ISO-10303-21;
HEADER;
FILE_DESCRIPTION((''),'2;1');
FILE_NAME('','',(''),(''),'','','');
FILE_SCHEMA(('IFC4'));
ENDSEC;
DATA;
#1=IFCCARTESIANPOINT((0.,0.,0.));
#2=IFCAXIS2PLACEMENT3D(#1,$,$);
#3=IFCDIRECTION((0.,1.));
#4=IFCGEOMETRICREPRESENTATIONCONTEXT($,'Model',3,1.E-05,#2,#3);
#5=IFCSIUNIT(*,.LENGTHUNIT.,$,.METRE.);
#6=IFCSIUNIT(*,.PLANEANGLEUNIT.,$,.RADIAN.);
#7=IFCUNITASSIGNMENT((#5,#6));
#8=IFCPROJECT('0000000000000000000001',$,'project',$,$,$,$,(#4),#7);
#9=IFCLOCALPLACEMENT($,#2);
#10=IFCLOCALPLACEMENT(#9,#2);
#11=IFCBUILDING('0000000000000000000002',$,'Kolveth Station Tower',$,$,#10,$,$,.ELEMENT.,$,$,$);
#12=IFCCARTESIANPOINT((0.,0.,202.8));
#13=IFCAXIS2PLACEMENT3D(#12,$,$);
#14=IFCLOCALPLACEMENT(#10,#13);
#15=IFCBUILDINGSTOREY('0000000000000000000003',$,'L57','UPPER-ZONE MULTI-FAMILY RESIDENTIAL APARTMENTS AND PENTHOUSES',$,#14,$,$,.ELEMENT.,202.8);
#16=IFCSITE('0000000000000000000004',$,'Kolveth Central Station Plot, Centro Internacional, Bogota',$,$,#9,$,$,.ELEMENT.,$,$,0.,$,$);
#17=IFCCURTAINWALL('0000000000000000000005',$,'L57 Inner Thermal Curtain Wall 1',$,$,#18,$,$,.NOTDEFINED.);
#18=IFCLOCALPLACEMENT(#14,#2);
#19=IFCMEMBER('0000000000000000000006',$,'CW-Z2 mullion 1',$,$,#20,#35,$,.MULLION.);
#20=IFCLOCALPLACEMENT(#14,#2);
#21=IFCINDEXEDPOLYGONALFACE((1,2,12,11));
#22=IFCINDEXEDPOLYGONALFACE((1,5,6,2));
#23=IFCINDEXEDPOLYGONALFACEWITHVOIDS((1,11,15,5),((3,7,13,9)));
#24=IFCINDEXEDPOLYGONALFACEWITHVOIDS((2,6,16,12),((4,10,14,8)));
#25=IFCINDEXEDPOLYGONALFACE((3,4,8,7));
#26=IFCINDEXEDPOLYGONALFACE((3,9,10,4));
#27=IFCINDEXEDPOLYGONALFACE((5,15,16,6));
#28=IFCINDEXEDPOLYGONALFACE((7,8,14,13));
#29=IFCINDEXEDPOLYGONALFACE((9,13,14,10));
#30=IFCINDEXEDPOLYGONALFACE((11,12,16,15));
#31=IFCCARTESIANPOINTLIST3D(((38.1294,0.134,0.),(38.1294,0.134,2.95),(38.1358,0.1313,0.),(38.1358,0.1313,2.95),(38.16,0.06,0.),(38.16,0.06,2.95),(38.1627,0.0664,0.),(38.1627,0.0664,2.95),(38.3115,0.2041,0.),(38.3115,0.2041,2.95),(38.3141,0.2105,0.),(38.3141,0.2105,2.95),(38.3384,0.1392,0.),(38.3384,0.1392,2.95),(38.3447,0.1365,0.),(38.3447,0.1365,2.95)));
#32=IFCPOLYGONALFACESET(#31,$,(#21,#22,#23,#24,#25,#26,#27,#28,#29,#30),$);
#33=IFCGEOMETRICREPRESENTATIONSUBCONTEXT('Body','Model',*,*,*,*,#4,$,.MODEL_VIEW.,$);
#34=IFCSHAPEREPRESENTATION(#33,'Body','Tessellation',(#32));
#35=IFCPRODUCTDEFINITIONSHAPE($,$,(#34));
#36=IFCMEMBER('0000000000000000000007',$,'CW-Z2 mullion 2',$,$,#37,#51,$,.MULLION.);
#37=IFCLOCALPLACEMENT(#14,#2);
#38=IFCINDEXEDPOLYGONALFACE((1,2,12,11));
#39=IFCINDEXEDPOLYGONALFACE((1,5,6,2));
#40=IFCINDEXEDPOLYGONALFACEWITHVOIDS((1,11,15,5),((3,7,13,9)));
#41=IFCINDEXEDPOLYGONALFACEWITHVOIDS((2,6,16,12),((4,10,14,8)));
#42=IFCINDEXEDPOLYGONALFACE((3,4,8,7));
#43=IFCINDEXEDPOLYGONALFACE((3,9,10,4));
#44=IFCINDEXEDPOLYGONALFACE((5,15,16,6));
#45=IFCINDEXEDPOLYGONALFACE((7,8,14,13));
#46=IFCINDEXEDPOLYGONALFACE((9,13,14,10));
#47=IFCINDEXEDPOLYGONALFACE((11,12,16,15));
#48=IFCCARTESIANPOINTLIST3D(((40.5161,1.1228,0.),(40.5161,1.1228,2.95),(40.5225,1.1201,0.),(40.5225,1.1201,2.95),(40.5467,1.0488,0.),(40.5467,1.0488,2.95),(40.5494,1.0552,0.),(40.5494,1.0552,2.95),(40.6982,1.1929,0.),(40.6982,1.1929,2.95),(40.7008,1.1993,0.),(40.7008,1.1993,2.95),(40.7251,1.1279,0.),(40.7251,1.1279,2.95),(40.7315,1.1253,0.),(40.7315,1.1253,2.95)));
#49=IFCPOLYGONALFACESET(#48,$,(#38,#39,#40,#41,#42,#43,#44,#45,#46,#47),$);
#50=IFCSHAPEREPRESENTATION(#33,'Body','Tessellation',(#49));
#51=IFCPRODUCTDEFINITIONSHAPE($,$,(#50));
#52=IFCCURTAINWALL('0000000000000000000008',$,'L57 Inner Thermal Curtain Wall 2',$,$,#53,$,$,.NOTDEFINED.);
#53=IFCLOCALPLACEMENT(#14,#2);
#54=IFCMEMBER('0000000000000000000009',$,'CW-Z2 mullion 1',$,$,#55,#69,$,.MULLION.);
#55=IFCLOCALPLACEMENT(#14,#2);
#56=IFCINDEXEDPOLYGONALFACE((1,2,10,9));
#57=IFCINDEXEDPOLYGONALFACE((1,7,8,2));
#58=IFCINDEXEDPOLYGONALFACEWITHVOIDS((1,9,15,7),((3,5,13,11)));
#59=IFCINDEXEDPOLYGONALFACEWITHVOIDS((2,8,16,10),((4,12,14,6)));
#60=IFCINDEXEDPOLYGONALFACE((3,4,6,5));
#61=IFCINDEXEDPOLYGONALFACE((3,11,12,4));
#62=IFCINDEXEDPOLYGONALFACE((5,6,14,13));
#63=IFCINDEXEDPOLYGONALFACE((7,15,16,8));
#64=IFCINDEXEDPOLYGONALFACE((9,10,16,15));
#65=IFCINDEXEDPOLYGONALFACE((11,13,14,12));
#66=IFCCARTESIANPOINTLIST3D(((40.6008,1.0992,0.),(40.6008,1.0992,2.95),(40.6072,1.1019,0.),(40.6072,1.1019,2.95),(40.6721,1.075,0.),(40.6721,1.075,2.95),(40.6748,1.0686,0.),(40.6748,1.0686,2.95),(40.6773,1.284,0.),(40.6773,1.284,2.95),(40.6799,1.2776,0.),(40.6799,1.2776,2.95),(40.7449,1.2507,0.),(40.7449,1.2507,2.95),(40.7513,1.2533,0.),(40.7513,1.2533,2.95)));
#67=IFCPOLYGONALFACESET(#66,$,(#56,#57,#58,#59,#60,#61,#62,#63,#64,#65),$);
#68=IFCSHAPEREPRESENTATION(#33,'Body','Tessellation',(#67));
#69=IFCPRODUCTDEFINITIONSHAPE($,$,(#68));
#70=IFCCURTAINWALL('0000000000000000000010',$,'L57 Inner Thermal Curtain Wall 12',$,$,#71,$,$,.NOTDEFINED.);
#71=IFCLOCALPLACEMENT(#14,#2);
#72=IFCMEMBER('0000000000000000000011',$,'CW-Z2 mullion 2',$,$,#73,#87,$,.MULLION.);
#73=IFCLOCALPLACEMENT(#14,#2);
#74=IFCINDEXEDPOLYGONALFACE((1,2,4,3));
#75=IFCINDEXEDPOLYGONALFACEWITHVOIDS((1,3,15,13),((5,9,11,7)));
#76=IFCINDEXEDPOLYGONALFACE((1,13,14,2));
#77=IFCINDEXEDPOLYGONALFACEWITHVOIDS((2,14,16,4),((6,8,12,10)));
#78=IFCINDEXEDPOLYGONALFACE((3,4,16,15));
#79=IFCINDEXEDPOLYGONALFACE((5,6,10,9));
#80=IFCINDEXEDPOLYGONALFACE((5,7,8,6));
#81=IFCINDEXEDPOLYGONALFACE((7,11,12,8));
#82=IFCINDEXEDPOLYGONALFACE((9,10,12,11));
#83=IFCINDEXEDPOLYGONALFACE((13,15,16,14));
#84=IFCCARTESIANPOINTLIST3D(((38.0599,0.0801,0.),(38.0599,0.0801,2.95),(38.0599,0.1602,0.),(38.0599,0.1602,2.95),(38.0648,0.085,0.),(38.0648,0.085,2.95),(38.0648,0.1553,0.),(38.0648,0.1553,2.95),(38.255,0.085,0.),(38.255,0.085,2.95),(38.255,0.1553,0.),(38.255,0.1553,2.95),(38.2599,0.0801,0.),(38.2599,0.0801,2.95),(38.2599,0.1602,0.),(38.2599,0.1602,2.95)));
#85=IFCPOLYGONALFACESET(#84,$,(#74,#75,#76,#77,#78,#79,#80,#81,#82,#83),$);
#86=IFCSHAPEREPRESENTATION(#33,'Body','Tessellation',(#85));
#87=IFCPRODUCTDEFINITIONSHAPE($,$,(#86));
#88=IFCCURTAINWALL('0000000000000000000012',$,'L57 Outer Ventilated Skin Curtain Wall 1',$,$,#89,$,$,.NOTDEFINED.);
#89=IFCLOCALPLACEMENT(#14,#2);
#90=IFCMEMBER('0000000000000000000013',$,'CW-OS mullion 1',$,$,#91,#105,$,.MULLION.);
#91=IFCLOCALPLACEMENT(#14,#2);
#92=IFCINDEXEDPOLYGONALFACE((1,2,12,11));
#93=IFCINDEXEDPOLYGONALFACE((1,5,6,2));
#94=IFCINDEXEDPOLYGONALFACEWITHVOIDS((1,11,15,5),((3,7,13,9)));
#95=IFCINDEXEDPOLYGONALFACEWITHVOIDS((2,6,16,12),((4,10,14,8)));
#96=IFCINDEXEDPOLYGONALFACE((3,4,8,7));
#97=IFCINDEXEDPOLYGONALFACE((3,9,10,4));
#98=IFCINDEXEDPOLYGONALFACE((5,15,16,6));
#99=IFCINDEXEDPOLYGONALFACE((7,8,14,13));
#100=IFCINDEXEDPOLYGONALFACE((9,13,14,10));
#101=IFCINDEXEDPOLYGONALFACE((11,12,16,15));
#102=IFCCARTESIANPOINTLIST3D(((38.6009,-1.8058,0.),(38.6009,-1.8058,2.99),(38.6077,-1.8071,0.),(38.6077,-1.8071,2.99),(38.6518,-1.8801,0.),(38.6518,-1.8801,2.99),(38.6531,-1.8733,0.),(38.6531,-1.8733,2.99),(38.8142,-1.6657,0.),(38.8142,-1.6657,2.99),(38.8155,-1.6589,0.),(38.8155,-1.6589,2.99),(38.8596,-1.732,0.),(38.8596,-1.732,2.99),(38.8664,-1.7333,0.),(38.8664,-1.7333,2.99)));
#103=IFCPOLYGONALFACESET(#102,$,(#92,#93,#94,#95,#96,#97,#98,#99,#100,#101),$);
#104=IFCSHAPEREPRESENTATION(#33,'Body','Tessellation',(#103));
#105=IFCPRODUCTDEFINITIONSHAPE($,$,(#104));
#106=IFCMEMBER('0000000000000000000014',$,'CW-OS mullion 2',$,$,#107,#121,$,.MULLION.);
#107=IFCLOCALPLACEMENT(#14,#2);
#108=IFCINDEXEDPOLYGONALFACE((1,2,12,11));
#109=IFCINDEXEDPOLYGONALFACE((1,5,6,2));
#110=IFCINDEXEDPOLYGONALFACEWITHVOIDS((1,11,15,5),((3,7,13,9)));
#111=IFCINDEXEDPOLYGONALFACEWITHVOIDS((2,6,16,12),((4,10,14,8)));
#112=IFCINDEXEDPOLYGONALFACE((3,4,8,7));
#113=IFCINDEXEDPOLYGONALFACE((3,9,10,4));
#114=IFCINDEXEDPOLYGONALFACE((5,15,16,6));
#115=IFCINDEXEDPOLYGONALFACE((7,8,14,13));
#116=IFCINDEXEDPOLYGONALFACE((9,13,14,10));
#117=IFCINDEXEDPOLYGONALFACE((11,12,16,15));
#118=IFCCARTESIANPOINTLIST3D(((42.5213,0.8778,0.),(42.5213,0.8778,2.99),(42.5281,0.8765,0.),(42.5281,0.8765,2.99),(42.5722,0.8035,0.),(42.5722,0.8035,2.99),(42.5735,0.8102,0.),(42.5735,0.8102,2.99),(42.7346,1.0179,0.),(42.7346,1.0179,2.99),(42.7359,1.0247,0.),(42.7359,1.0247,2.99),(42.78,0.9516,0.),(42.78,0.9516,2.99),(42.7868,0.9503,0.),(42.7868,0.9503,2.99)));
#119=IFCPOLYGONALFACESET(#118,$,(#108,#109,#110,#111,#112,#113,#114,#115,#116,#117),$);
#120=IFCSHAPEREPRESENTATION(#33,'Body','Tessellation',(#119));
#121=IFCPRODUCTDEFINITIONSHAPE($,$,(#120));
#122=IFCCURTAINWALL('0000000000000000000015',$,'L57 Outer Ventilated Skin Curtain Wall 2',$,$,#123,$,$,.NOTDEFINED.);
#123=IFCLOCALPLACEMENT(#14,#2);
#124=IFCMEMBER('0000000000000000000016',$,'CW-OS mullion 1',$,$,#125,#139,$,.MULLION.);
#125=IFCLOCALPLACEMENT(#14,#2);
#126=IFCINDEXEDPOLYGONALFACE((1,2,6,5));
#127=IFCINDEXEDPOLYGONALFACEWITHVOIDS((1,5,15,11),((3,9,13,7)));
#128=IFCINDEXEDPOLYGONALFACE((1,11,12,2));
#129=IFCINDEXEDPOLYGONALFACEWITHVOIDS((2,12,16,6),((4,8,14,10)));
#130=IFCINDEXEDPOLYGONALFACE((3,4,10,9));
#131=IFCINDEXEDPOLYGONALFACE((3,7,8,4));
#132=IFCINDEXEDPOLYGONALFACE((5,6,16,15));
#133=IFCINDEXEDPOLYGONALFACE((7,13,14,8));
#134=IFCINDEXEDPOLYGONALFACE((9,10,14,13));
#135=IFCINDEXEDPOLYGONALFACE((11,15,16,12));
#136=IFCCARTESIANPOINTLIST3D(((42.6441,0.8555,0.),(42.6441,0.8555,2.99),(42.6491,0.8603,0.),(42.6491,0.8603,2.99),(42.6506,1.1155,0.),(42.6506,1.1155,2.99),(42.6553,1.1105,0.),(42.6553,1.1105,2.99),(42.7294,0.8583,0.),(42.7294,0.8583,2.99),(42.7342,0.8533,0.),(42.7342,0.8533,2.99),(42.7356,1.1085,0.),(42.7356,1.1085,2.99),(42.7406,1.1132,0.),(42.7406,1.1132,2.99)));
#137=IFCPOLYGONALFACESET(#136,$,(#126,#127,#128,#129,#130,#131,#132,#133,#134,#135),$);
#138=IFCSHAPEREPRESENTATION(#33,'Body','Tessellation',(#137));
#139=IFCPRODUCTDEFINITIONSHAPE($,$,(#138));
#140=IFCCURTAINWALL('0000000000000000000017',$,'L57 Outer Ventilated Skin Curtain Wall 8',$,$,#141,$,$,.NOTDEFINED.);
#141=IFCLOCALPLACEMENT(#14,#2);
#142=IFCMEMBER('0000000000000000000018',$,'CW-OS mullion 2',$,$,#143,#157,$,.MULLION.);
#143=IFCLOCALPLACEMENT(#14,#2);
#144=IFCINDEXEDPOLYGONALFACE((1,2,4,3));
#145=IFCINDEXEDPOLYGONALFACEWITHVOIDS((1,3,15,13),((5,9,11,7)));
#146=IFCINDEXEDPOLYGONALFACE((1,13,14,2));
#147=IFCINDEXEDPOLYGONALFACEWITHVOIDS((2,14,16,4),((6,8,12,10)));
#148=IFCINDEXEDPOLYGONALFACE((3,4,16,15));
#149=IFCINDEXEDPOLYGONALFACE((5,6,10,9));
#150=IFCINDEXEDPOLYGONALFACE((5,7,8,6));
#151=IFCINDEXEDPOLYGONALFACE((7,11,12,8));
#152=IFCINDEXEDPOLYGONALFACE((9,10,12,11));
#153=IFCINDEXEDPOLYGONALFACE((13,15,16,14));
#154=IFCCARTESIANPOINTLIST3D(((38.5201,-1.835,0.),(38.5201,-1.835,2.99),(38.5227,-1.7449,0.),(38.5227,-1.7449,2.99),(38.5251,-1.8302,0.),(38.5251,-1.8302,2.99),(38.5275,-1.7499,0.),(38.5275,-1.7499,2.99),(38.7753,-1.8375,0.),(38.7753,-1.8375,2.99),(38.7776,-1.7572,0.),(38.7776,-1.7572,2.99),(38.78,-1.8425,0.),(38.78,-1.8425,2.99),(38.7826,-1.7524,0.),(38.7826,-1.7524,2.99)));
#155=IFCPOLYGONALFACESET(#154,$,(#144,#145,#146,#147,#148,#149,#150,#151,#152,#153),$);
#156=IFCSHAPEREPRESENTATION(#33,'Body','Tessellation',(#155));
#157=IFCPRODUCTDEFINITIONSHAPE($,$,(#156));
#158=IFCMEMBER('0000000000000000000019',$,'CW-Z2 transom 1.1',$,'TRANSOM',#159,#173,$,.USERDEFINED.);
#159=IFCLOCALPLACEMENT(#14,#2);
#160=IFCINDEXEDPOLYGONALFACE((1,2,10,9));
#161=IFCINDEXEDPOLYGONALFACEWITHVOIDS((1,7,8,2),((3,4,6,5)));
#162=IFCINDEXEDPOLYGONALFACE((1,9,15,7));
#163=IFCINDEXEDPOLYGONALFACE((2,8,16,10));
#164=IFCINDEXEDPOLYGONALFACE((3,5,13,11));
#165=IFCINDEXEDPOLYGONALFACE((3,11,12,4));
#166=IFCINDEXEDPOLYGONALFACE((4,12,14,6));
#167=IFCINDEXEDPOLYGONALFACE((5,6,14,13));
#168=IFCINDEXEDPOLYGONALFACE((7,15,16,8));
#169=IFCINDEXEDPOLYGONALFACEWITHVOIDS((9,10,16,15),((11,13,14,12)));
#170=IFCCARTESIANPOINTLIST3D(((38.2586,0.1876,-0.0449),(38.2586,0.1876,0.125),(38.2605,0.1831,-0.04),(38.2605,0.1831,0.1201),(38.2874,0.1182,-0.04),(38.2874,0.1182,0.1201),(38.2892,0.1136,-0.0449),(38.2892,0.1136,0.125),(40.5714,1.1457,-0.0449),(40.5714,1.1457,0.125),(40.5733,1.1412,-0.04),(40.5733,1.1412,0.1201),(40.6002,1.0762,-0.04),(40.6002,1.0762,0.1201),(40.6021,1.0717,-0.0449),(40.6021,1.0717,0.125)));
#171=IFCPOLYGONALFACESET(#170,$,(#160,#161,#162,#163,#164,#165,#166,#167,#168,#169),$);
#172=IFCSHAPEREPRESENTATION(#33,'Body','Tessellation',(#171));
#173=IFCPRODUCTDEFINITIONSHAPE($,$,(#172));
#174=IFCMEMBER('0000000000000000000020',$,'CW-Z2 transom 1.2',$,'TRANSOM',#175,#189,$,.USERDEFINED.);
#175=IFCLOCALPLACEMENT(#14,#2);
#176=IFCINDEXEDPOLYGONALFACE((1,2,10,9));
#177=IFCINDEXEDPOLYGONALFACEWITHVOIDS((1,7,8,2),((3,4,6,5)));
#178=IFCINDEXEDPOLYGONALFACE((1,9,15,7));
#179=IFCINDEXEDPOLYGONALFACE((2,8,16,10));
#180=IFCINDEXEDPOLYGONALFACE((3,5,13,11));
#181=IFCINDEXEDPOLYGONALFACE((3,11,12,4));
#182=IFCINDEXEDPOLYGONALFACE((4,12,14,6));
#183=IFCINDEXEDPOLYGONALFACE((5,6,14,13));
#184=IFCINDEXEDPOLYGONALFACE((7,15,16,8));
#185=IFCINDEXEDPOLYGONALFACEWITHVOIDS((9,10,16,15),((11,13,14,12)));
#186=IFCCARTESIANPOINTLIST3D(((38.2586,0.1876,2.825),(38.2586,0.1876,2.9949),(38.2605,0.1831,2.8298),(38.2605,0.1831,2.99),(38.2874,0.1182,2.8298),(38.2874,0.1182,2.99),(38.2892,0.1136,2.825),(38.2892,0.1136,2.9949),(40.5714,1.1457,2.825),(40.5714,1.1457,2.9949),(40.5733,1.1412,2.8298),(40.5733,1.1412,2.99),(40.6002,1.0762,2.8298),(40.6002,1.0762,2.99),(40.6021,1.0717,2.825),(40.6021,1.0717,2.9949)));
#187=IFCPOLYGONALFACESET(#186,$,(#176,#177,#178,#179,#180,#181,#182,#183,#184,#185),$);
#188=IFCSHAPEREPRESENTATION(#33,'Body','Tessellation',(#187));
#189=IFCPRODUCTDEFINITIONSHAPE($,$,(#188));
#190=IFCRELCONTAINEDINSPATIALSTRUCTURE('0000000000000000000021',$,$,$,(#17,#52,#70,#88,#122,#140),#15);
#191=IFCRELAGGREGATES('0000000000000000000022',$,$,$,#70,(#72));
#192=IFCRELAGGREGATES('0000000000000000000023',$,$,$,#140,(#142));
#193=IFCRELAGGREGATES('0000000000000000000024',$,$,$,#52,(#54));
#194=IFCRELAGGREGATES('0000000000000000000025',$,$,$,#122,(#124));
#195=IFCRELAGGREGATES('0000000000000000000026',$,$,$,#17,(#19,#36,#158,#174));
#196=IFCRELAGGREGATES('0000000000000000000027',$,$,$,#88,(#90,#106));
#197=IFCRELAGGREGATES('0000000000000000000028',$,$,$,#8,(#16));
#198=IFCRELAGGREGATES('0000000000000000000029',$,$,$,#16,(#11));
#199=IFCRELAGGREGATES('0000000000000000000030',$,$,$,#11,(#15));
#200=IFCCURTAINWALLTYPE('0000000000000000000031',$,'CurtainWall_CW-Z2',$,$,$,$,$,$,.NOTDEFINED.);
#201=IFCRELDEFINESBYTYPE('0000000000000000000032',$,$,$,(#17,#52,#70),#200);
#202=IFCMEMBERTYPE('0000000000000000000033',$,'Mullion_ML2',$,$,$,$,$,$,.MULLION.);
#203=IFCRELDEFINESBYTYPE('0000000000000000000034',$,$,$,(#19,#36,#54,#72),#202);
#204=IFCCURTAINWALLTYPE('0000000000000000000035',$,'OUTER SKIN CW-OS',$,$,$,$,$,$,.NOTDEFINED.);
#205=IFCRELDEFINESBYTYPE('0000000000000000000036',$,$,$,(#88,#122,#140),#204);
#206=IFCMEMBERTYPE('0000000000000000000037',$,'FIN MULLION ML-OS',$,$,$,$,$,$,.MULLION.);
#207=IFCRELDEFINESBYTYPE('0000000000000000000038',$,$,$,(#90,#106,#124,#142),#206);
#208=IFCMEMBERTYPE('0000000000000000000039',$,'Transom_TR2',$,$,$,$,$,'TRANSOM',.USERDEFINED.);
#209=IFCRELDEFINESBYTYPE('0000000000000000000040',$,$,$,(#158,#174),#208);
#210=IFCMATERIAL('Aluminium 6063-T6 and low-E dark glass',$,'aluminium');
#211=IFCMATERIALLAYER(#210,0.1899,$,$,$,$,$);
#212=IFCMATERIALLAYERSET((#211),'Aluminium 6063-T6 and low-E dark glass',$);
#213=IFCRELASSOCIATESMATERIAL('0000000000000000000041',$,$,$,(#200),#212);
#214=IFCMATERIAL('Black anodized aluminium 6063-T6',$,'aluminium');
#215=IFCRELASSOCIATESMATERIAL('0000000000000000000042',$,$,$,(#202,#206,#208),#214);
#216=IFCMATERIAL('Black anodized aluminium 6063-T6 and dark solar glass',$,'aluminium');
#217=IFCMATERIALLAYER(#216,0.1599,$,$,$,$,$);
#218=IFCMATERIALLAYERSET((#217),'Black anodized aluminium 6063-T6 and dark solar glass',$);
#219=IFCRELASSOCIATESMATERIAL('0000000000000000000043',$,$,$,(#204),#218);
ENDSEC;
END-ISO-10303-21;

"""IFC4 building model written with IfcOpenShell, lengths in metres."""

from ifc_helpers import new_model, si_unit, direction, frame, origin, origin_2d, place, context, subcontext, project, spatial, hollow_rectangle, extrude, source, transform, mapped, material, layer, layer_set, material_profile, profile_set, type_object, element, aggregate, save


model = new_model("IFC4")

# Units and contexts
model_context = context("Model", 3, precision=1e-05, world=origin(), true_north=direction((0.0, 1.0)))
body_context = subcontext(model_context, "Body", "Model", "MODEL_VIEW")
ifc_project = project(units=[si_unit("LENGTHUNIT", "METRE"), si_unit("PLANEANGLEUNIT", "RADIAN")], contexts=[model_context])

# Site, building, storey
site_placement = place(None, origin())
site = spatial("IfcSite", under=ifc_project, at=site_placement, Name="Kolveth Central Station Plot, Centro Internacional, Bogota", CompositionType="ELEMENT", RefElevation=0.0)
building_placement = place(site_placement, origin())
building = spatial("IfcBuilding", under=site, at=building_placement, Name="Kolveth Station Tower", CompositionType="ELEMENT")
storey_placement = place(building_placement, frame((0.0, 0.0, 202.8)))
storey = spatial("IfcBuildingStorey", under=building, at=storey_placement, Name="L57", Description="UPPER-ZONE MULTI-FAMILY RESIDENTIAL APARTMENTS AND PENTHOUSES", CompositionType="ELEMENT", Elevation=202.8)

# Curtain wall, members
ifc_material_1 = material(Name="Aluminium 6063-T6 and low-E dark glass", Category="aluminium")
ifc_layer_1 = layer(ifc_material_1, 0.1899)
ifc_layer_set_1 = layer_set([ifc_layer_1], Name="Aluminium 6063-T6 and low-E dark glass")
curtain_wall_type_1 = type_object("IfcCurtainWallType", Name="CurtainWall_CW-Z2", PredefinedType="NOTDEFINED", material=ifc_layer_set_1)
curtain_wall_1_placement = place(storey_placement, origin())
curtain_wall_1 = element("IfcCurtainWall", 1, at=curtain_wall_1_placement, inside=storey, type_object=curtain_wall_type_1, Name="L57 Inner Thermal Curtain Wall 1", PredefinedType="NOTDEFINED")
ifc_material_2 = material(Name="Black anodized aluminium 6063-T6", Category="aluminium")
ifc_material_profile_1 = material_profile(ifc_material_2, hollow_rectangle(XDim=0.0801, YDim=0.2, WallThickness=0.0049, at=origin_2d()), Name="ALU-80x200x5")
ifc_profile_set_1 = profile_set([ifc_material_profile_1], Name="Black anodized aluminium 6063-T6")
member_type_1 = type_object("IfcMemberType", Name="Mullion_ML2", PredefinedType="MULLION", material=ifc_profile_set_1)
shared_shape_1 = source(origin(), body_context, "Body", "SweptSolid", [
    extrude(hollow_rectangle(XDim=0.0801, YDim=0.2, WallThickness=0.0049, at=origin_2d()), origin(), (0.0, 0.0, 1.0), 2.95),
])
member_1_placement = place(storey_placement, frame((38.2371, 0.1353, 0.0), z_axis=(0.0, 0.0, 1.0), x_axis=(-0.382698, 0.923874, 0.0)))
member_1 = element("IfcMember", 2, at=member_1_placement, type_object=member_type_1, Name="CW-Z2 mullion 1", PredefinedType="MULLION", context=body_context, shape_type="MappedRepresentation", body=[
    mapped(shared_shape_1, transform((0.0, 0.0, 0.0), x_axis=(1.0, 0.0, 0.0), y_axis=(0.0, 1.0, 0.0), z_axis=(0.0, 0.0, 1.0), scale=1.0)),
])
member_2_placement = place(storey_placement, frame((40.6238, 1.124, 0.0), z_axis=(0.0, 0.0, 1.0), x_axis=(-0.382698, 0.923874, 0.0)))
member_2 = element("IfcMember", 3, at=member_2_placement, type_object=member_type_1, Name="CW-Z2 mullion 2", PredefinedType="MULLION", context=body_context, shape_type="MappedRepresentation", body=[
    mapped(shared_shape_1, transform((0.0, 0.0, 0.0), x_axis=(1.0, 0.0, 0.0), y_axis=(0.0, 1.0, 0.0), z_axis=(0.0, 0.0, 1.0), scale=1.0)),
])

# Curtain walls, members
curtain_wall_2_placement = place(storey_placement, origin())
curtain_wall_2 = element("IfcCurtainWall", 4, at=curtain_wall_2_placement, inside=storey, type_object=curtain_wall_type_1, Name="L57 Inner Thermal Curtain Wall 2", PredefinedType="NOTDEFINED")
member_3_placement = place(storey_placement, frame((40.676, 1.1763, 0.0), z_axis=(0.0, 0.0, 1.0), x_axis=(-0.923874, 0.382698, 0.0)))
member_3 = element("IfcMember", 5, at=member_3_placement, type_object=member_type_1, Name="CW-Z2 mullion 1", PredefinedType="MULLION", context=body_context, shape_type="MappedRepresentation", body=[
    mapped(shared_shape_1, transform((0.0, 0.0, 0.0), x_axis=(1.0, 0.0, 0.0), y_axis=(0.0, 1.0, 0.0), z_axis=(0.0, 0.0, 1.0), scale=1.0)),
])
curtain_wall_3_placement = place(storey_placement, origin())
curtain_wall_3 = element("IfcCurtainWall", 6, at=curtain_wall_3_placement, inside=storey, type_object=curtain_wall_type_1, Name="L57 Inner Thermal Curtain Wall 12", PredefinedType="NOTDEFINED")
member_4_placement = place(storey_placement, frame((38.1599, 0.1201, 0.0), z_axis=(0.0, 0.0, 1.0), x_axis=(0.0, 1.0, 0.0)))
member_4 = element("IfcMember", 7, at=member_4_placement, type_object=member_type_1, Name="CW-Z2 mullion 2", PredefinedType="MULLION", context=body_context, shape_type="MappedRepresentation", body=[
    mapped(shared_shape_1, transform((0.0, 0.0, 0.0), x_axis=(1.0, 0.0, 0.0), y_axis=(0.0, 1.0, 0.0), z_axis=(0.0, 0.0, 1.0), scale=1.0)),
])
aggregate(curtain_wall_3, [member_4])

# Curtain wall, members
ifc_material_3 = material(Name="Black anodized aluminium 6063-T6 and dark solar glass", Category="aluminium")
ifc_layer_2 = layer(ifc_material_3, 0.1599)
ifc_layer_set_2 = layer_set([ifc_layer_2], Name="Black anodized aluminium 6063-T6 and dark solar glass")
curtain_wall_type_2 = type_object("IfcCurtainWallType", Name="OUTER SKIN CW-OS", PredefinedType="NOTDEFINED", material=ifc_layer_set_2)
curtain_wall_4_placement = place(storey_placement, origin())
curtain_wall_4 = element("IfcCurtainWall", 8, at=curtain_wall_4_placement, inside=storey, type_object=curtain_wall_type_2, Name="L57 Outer Ventilated Skin Curtain Wall 1", PredefinedType="NOTDEFINED")
ifc_material_profile_2 = material_profile(ifc_material_2, hollow_rectangle(XDim=0.0901, YDim=0.26, WallThickness=0.0049, at=origin_2d()), Name="ALU-90x260x5")
ifc_profile_set_2 = profile_set([ifc_material_profile_2], Name="Black anodized aluminium 6063-T6")
member_type_2 = type_object("IfcMemberType", Name="FIN MULLION ML-OS", PredefinedType="MULLION", material=ifc_profile_set_2)
shared_shape_2 = source(origin(), body_context, "Body", "SweptSolid", [
    extrude(hollow_rectangle(XDim=0.0901, YDim=0.26, WallThickness=0.0049, at=origin_2d()), origin(), (0.0, 0.0, 1.0), 2.99),
])
member_5_placement = place(storey_placement, frame((38.7336, -1.7695, 0.0), z_axis=(0.0, 0.0, 1.0), x_axis=(-0.564841, 0.8252, 0.0)))
member_5 = element("IfcMember", 9, at=member_5_placement, type_object=member_type_2, Name="CW-OS mullion 1", PredefinedType="MULLION", context=body_context, shape_type="MappedRepresentation", body=[
    mapped(shared_shape_2, transform((0.0, 0.0, 0.0), x_axis=(1.0, 0.0, 0.0), y_axis=(0.0, 1.0, 0.0), z_axis=(0.0, 0.0, 1.0), scale=1.0)),
])
member_6_placement = place(storey_placement, frame((42.6541, 0.9141, 0.0), z_axis=(0.0, 0.0, 1.0), x_axis=(-0.564841, 0.8252, 0.0)))
member_6 = element("IfcMember", 10, at=member_6_placement, type_object=member_type_2, Name="CW-OS mullion 2", PredefinedType="MULLION", context=body_context, shape_type="MappedRepresentation", body=[
    mapped(shared_shape_2, transform((0.0, 0.0, 0.0), x_axis=(1.0, 0.0, 0.0), y_axis=(0.0, 1.0, 0.0), z_axis=(0.0, 0.0, 1.0), scale=1.0)),
])

# Curtain walls, members
curtain_wall_5_placement = place(storey_placement, origin())
curtain_wall_5 = element("IfcCurtainWall", 11, at=curtain_wall_5_placement, inside=storey, type_object=curtain_wall_type_2, Name="L57 Outer Ventilated Skin Curtain Wall 2", PredefinedType="NOTDEFINED")
member_7_placement = place(storey_placement, frame((42.6924, 0.9844, 0.0), z_axis=(0.0, 0.0, 1.0), x_axis=(-0.999691, 0.024876, 0.0)))
member_7 = element("IfcMember", 12, at=member_7_placement, type_object=member_type_2, Name="CW-OS mullion 1", PredefinedType="MULLION", context=body_context, shape_type="MappedRepresentation", body=[
    mapped(shared_shape_2, transform((0.0, 0.0, 0.0), x_axis=(1.0, 0.0, 0.0), y_axis=(0.0, 1.0, 0.0), z_axis=(0.0, 0.0, 1.0), scale=1.0)),
])
curtain_wall_6_placement = place(storey_placement, origin())
curtain_wall_6 = element("IfcCurtainWall", 13, at=curtain_wall_6_placement, inside=storey, type_object=curtain_wall_type_2, Name="L57 Outer Ventilated Skin Curtain Wall 8", PredefinedType="NOTDEFINED")
member_8_placement = place(storey_placement, frame((38.6514, -1.7937, 0.0), z_axis=(0.0, 0.0, 1.0), x_axis=(0.028907, 0.999582, 0.0)))
member_8 = element("IfcMember", 14, at=member_8_placement, type_object=member_type_2, Name="CW-OS mullion 2", PredefinedType="MULLION", context=body_context, shape_type="MappedRepresentation", body=[
    mapped(shared_shape_2, transform((0.0, 0.0, 0.0), x_axis=(1.0, 0.0, 0.0), y_axis=(0.0, 1.0, 0.0), z_axis=(0.0, 0.0, 1.0), scale=1.0)),
])
aggregate(curtain_wall_6, [member_8])

# Members
ifc_material_profile_3 = material_profile(ifc_material_2, hollow_rectangle(XDim=0.0801, YDim=0.1699, WallThickness=0.0049, at=origin_2d()), Name="ALU-80x170x5")
ifc_profile_set_3 = profile_set([ifc_material_profile_3], Name="Black anodized aluminium 6063-T6")
member_type_3 = type_object("IfcMemberType", Name="Transom_TR2", ElementType="TRANSOM", PredefinedType="USERDEFINED", material=ifc_profile_set_3)
shared_shape_3 = source(origin(), body_context, "Body", "SweptSolid", [
    extrude(hollow_rectangle(XDim=0.0801, YDim=0.1699, WallThickness=0.0049, at=origin_2d()), origin(), (0.0, 0.0, 1.0), 2.5034),
])
member_9_placement = place(storey_placement, frame((38.2739, 0.1506, 0.04), z_axis=(0.923874, 0.382696, 0.0), x_axis=(-0.382696, 0.923874, 0.0)))
member_9 = element("IfcMember", 15, at=member_9_placement, type_object=member_type_3, Name="CW-Z2 transom 1.1", ObjectType="TRANSOM", PredefinedType="USERDEFINED", context=body_context, shape_type="MappedRepresentation", body=[
    mapped(shared_shape_3, transform((0.0, 0.0, 0.0), x_axis=(1.0, 0.0, 0.0), y_axis=(0.0, 1.0, 0.0), z_axis=(0.0, 0.0, 1.0), scale=1.0)),
])
member_10_placement = place(storey_placement, frame((38.2739, 0.1506, 2.9099), z_axis=(0.923874, 0.382696, 0.0), x_axis=(-0.382696, 0.923874, 0.0)))
member_10 = element("IfcMember", 16, at=member_10_placement, type_object=member_type_3, Name="CW-Z2 transom 1.2", ObjectType="TRANSOM", PredefinedType="USERDEFINED", context=body_context, shape_type="MappedRepresentation", body=[
    mapped(shared_shape_3, transform((0.0, 0.0, 0.0), x_axis=(1.0, 0.0, 0.0), y_axis=(0.0, 1.0, 0.0), z_axis=(0.0, 0.0, 1.0), scale=1.0)),
])
aggregate(curtain_wall_2, [member_3])
aggregate(curtain_wall_5, [member_7])

aggregate(curtain_wall_1, [member_1, member_2, member_9, member_10])
aggregate(curtain_wall_4, [member_5, member_6])

save(model, "model.ifc")
